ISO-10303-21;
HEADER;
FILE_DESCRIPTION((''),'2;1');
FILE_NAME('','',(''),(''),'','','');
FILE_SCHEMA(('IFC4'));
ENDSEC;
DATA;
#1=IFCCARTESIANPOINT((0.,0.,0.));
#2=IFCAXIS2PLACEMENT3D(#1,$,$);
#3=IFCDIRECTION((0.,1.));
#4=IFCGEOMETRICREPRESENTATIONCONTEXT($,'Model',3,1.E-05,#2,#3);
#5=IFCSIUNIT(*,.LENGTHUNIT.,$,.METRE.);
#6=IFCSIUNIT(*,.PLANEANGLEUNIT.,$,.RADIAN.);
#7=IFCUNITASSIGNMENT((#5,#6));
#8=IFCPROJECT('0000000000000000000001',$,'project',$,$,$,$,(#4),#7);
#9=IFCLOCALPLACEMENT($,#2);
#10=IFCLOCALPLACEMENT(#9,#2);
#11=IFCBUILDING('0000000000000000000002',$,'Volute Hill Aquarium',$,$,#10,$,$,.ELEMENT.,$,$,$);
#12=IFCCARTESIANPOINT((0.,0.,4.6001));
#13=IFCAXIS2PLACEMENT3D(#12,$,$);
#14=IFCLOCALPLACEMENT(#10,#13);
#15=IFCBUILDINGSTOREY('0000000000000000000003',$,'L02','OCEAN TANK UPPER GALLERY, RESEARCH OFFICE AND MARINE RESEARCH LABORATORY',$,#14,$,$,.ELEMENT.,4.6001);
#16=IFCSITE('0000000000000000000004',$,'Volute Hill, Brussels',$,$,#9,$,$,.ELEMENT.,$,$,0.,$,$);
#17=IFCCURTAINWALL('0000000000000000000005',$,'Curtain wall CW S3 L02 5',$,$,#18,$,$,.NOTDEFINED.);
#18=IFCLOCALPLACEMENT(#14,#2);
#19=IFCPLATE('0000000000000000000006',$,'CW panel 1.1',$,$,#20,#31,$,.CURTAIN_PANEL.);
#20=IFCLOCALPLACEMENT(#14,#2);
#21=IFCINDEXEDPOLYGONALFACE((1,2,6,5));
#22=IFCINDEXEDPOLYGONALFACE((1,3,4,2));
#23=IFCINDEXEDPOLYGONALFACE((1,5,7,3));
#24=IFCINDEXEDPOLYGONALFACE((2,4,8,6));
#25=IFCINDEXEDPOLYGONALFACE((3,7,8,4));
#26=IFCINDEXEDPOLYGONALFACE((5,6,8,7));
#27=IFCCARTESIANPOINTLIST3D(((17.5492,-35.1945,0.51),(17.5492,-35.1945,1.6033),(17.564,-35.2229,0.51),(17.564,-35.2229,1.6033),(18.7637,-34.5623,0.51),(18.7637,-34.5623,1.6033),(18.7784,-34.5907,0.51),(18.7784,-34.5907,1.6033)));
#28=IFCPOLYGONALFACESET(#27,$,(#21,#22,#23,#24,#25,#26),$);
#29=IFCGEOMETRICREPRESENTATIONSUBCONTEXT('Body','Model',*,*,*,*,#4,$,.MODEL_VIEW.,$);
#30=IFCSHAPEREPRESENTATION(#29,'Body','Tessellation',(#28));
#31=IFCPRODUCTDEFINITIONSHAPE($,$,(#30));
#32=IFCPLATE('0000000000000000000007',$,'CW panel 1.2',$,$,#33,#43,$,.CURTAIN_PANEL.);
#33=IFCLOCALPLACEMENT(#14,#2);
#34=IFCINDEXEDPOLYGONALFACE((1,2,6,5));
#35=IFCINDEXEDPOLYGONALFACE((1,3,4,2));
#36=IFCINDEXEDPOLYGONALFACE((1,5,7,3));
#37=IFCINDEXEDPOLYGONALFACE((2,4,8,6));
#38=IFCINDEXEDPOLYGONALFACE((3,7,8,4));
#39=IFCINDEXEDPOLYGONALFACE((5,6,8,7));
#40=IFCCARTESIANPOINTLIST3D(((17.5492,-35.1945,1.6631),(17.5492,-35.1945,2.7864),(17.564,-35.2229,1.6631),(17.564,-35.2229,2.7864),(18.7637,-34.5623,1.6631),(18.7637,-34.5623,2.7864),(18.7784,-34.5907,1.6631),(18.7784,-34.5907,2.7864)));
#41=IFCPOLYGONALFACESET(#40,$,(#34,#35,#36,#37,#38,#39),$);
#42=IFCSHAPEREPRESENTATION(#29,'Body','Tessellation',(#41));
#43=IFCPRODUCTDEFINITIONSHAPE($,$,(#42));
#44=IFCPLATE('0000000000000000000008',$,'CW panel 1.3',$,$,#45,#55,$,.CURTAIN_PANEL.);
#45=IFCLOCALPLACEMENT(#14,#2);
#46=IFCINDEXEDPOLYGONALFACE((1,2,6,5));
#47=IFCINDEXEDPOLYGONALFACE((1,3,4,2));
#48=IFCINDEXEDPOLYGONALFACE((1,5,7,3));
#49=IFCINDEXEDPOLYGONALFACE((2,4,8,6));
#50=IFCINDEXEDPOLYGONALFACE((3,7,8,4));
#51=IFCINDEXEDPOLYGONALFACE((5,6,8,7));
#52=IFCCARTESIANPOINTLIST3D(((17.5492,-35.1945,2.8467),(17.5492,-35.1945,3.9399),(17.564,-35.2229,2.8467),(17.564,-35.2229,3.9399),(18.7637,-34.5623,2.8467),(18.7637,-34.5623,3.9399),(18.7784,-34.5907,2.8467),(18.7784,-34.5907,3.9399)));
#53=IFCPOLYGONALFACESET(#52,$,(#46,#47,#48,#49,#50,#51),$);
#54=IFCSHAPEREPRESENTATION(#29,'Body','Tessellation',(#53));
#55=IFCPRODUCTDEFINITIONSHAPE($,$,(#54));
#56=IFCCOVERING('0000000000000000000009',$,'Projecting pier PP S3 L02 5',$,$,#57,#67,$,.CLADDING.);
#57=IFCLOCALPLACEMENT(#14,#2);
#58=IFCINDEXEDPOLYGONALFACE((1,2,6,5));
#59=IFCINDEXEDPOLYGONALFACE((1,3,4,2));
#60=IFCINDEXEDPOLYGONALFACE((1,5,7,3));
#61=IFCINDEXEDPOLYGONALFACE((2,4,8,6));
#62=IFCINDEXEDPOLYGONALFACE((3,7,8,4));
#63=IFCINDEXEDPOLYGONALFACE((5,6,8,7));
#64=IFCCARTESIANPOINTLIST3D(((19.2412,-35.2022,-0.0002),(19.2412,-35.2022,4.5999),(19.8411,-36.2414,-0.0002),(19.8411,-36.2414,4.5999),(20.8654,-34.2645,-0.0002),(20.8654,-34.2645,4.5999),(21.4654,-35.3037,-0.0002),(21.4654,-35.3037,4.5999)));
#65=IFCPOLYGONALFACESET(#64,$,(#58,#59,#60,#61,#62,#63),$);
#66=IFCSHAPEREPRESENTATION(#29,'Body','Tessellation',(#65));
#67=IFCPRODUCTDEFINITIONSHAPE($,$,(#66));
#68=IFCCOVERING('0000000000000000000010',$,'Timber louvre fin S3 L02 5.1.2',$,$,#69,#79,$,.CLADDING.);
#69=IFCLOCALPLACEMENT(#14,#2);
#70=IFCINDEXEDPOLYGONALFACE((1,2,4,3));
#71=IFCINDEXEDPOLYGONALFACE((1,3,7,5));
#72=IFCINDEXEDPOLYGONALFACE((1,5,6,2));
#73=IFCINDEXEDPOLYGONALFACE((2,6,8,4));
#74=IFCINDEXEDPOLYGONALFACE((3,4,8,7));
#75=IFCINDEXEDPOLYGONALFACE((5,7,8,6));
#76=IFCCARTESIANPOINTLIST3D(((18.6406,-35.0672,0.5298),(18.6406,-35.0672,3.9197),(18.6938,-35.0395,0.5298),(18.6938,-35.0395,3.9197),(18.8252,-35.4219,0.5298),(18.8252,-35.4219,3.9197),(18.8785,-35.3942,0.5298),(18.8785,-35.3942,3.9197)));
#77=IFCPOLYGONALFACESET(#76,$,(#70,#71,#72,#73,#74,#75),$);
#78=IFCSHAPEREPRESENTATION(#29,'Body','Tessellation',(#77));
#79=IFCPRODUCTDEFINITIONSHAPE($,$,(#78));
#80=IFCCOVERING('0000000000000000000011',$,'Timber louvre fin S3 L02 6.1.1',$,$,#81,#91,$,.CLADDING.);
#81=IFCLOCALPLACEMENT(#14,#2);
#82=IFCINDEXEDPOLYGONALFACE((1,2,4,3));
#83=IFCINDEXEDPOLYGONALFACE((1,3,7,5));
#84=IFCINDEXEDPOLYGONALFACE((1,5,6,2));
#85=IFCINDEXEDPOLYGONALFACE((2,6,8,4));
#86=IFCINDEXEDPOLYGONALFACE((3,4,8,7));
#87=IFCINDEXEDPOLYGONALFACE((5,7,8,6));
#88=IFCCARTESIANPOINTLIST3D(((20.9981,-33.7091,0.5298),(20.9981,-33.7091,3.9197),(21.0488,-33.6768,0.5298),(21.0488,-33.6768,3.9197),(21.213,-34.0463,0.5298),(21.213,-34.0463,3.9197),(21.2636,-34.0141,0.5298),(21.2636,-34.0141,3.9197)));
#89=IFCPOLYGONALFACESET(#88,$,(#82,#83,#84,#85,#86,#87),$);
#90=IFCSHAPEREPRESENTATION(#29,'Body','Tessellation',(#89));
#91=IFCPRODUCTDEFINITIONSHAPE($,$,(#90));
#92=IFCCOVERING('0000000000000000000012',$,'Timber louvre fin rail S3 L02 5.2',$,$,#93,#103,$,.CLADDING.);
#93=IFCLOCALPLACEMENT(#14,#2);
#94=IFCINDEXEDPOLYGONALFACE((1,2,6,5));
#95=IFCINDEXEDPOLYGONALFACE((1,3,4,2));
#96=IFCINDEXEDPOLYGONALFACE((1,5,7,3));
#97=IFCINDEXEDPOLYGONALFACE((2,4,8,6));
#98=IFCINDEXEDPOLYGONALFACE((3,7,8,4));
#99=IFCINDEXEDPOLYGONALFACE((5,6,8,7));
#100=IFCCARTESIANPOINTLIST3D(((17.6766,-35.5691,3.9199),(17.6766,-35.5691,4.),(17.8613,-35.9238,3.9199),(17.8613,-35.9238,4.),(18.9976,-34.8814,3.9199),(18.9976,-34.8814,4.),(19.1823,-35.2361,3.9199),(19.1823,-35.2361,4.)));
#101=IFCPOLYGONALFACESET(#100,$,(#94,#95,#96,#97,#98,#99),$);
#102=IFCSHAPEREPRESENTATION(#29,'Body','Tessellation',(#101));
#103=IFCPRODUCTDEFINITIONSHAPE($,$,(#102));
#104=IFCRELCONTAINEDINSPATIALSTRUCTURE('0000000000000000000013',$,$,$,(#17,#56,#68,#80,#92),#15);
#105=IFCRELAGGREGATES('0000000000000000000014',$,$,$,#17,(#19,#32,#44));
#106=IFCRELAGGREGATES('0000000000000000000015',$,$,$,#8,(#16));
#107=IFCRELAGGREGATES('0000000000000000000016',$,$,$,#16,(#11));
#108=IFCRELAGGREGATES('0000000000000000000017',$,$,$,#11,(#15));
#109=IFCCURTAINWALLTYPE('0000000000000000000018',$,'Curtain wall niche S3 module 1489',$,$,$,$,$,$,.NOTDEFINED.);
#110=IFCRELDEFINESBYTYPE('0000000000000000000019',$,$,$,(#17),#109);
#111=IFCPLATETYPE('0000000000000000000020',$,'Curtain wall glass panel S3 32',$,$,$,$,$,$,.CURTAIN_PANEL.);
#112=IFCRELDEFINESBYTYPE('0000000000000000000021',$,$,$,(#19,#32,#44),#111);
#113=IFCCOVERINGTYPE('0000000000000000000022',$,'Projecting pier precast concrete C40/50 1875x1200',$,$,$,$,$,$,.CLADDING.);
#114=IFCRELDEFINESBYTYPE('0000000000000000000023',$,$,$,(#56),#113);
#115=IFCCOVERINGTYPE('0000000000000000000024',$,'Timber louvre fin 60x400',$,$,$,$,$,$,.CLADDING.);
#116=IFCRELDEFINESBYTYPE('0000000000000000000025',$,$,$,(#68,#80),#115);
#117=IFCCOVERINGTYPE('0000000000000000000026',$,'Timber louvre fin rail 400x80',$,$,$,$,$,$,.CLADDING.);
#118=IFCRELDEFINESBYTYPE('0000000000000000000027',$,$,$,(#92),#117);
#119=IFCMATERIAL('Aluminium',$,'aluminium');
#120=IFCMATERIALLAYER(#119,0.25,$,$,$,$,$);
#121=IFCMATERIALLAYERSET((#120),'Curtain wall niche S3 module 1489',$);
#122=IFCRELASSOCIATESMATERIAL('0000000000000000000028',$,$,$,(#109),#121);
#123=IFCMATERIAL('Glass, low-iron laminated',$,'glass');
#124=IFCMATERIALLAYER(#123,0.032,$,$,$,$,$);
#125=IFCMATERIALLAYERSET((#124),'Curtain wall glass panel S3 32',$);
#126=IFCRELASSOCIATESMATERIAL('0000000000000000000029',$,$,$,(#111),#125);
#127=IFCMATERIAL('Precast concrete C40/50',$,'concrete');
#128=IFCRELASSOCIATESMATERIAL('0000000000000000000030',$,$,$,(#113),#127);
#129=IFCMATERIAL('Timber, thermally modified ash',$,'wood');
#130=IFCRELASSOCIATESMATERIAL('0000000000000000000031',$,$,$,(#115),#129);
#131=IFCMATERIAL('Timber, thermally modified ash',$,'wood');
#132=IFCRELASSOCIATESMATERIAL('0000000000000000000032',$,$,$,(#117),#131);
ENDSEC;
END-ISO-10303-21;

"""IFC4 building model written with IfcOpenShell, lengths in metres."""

from ifc_helpers import new_model, si_unit, direction, frame, origin, origin_2d, place, context, subcontext, project, spatial, rectangle, extrude, material, layer, layer_set, type_object, element, aggregate, save


model = new_model("IFC4")

# Units and contexts
model_context = context("Model", 3, precision=1e-05, world=origin(), true_north=direction((0.0, 1.0)))
body_context = subcontext(model_context, "Body", "Model", "MODEL_VIEW")
ifc_project = project(units=[si_unit("LENGTHUNIT", "METRE"), si_unit("PLANEANGLEUNIT", "RADIAN")], contexts=[model_context])

# Site, building, storey
site_placement = place(None, origin())
site = spatial("IfcSite", under=ifc_project, at=site_placement, Name="Volute Hill, Brussels", CompositionType="ELEMENT", RefElevation=0.0)
building_placement = place(site_placement, origin())
building = spatial("IfcBuilding", under=site, at=building_placement, Name="Volute Hill Aquarium", CompositionType="ELEMENT")
storey_placement = place(building_placement, frame((0.0, 0.0, 4.6001)))
storey = spatial("IfcBuildingStorey", under=building, at=storey_placement, Name="L02", Description="OCEAN TANK UPPER GALLERY, RESEARCH OFFICE AND MARINE RESEARCH LABORATORY", CompositionType="ELEMENT", Elevation=4.6001)

# Curtain wall
ifc_material_1 = material(Name="Aluminium", Category="aluminium")
ifc_layer_1 = layer(ifc_material_1, 0.25)
ifc_layer_set_1 = layer_set([ifc_layer_1], Name="Curtain wall niche S3 module 1489")
curtain_wall_type = type_object("IfcCurtainWallType", Name="Curtain wall niche S3 module 1489", PredefinedType="NOTDEFINED", material=ifc_layer_set_1)
curtain_wall_1_placement = place(storey_placement, origin())
curtain_wall_1 = element("IfcCurtainWall", 1, at=curtain_wall_1_placement, inside=storey, type_object=curtain_wall_type, Name="Curtain wall CW S3 L02 5", PredefinedType="NOTDEFINED")

# Plates
ifc_material_2 = material(Name="Glass, low-iron laminated", Category="glass")
ifc_layer_2 = layer(ifc_material_2, 0.032)
ifc_layer_set_2 = layer_set([ifc_layer_2], Name="Curtain wall glass panel S3 32")
plate_type = type_object("IfcPlateType", Name="Curtain wall glass panel S3 32", PredefinedType="CURTAIN_PANEL", material=ifc_layer_set_2)
plate_1_placement = place(storey_placement, frame((18.1638, -34.8926, 0.51), z_axis=(0.0, 0.0, 1.0), x_axis=(0.887013, 0.461744, 0.0)))
plate_1 = element("IfcPlate", 2, at=plate_1_placement, type_object=plate_type, Name="CW panel 1.1", PredefinedType="CURTAIN_PANEL", context=body_context, shape_type="SweptSolid", body=[
    extrude(rectangle(XDim=1.3691, YDim=0.032, at=origin_2d()), origin(), (0.0, 0.0, 1.0), 1.0933),
])
plate_2_placement = place(storey_placement, frame((18.1638, -34.8926, 1.6631), z_axis=(0.0, 0.0, 1.0), x_axis=(0.887013, 0.461744, 0.0)))
plate_2 = element("IfcPlate", 3, at=plate_2_placement, type_object=plate_type, Name="CW panel 1.2", PredefinedType="CURTAIN_PANEL", context=body_context, shape_type="SweptSolid", body=[
    extrude(rectangle(XDim=1.3691, YDim=0.032, at=origin_2d()), origin(), (0.0, 0.0, 1.0), 1.1233),
])
plate_3_placement = place(storey_placement, frame((18.1638, -34.8926, 2.8467), z_axis=(0.0, 0.0, 1.0), x_axis=(0.887013, 0.461744, 0.0)))
plate_3 = element("IfcPlate", 4, at=plate_3_placement, type_object=plate_type, Name="CW panel 1.3", PredefinedType="CURTAIN_PANEL", context=body_context, shape_type="SweptSolid", body=[
    extrude(rectangle(XDim=1.3691, YDim=0.032, at=origin_2d()), origin(), (0.0, 0.0, 1.0), 1.0933),
])
aggregate(curtain_wall_1, [plate_1, plate_2, plate_3])

# Coverings
ifc_material_3 = material(Name="Precast concrete C40/50", Category="concrete")
covering_type_1 = type_object("IfcCoveringType", Name="Projecting pier precast concrete C40/50 1875x1200", PredefinedType="CLADDING", material=ifc_material_3)
covering_1_placement = place(storey_placement, frame((20.3533, -35.2529, -0.0002), z_axis=(0.0, 0.0, 1.0), x_axis=(0.866025, 0.5, 0.0)))
element("IfcCovering", 5, at=covering_1_placement, inside=storey, type_object=covering_type_1, Name="Projecting pier PP S3 L02 5", PredefinedType="CLADDING", context=body_context, shape_type="SweptSolid", body=[
    extrude(rectangle(XDim=1.8755, YDim=1.2, at=origin_2d()), origin(), (0.0, 0.0, 1.0), 4.6001),
])
ifc_material_4 = material(Name="Timber, thermally modified ash", Category="wood")
covering_type_2 = type_object("IfcCoveringType", Name="Timber louvre fin 60x400", PredefinedType="CLADDING", material=ifc_material_4)
for number, where, z_axis, x_axis, name in (
    (6, (18.7595, -35.2307, 0.5298), (0.0, 0.0, 1.0), (0.887015, 0.461741, 0.0), "Timber louvre fin S3 L02 5.1.2"),
    (7, (21.1309, -33.8616, 0.5298), (0.0, 0.0, 1.0), (0.843389, 0.537303, 0.0), "Timber louvre fin S3 L02 6.1.1"),
):
    element("IfcCovering", number, at=place(storey_placement, frame(where, z_axis=z_axis, x_axis=x_axis)), inside=storey, type_object=covering_type_2, Name=name, PredefinedType="CLADDING", context=body_context, shape_type="SweptSolid", body=[
        extrude(rectangle(XDim=0.0601, YDim=0.3999, at=origin_2d()), origin(), (0.0, 0.0, 1.0), 3.3899),
    ])
ifc_material_5 = material(Name="Timber, thermally modified ash", Category="wood")
covering_type_3 = type_object("IfcCoveringType", Name="Timber louvre fin rail 400x80", PredefinedType="CLADDING", material=ifc_material_5)
covering_2_placement = place(storey_placement, frame((18.4294, -35.4026, 3.9199), z_axis=(0.0, 0.0, 1.0), x_axis=(0.887015, 0.461741, 0.0)))
element("IfcCovering", 8, at=covering_2_placement, inside=storey, type_object=covering_type_3, Name="Timber louvre fin rail S3 L02 5.2", PredefinedType="CLADDING", context=body_context, shape_type="SweptSolid", body=[
    extrude(rectangle(XDim=1.4893, YDim=0.3999, at=origin_2d()), origin(), (0.0, 0.0, 1.0), 0.0801),
])

save(model, "model.ifc")
